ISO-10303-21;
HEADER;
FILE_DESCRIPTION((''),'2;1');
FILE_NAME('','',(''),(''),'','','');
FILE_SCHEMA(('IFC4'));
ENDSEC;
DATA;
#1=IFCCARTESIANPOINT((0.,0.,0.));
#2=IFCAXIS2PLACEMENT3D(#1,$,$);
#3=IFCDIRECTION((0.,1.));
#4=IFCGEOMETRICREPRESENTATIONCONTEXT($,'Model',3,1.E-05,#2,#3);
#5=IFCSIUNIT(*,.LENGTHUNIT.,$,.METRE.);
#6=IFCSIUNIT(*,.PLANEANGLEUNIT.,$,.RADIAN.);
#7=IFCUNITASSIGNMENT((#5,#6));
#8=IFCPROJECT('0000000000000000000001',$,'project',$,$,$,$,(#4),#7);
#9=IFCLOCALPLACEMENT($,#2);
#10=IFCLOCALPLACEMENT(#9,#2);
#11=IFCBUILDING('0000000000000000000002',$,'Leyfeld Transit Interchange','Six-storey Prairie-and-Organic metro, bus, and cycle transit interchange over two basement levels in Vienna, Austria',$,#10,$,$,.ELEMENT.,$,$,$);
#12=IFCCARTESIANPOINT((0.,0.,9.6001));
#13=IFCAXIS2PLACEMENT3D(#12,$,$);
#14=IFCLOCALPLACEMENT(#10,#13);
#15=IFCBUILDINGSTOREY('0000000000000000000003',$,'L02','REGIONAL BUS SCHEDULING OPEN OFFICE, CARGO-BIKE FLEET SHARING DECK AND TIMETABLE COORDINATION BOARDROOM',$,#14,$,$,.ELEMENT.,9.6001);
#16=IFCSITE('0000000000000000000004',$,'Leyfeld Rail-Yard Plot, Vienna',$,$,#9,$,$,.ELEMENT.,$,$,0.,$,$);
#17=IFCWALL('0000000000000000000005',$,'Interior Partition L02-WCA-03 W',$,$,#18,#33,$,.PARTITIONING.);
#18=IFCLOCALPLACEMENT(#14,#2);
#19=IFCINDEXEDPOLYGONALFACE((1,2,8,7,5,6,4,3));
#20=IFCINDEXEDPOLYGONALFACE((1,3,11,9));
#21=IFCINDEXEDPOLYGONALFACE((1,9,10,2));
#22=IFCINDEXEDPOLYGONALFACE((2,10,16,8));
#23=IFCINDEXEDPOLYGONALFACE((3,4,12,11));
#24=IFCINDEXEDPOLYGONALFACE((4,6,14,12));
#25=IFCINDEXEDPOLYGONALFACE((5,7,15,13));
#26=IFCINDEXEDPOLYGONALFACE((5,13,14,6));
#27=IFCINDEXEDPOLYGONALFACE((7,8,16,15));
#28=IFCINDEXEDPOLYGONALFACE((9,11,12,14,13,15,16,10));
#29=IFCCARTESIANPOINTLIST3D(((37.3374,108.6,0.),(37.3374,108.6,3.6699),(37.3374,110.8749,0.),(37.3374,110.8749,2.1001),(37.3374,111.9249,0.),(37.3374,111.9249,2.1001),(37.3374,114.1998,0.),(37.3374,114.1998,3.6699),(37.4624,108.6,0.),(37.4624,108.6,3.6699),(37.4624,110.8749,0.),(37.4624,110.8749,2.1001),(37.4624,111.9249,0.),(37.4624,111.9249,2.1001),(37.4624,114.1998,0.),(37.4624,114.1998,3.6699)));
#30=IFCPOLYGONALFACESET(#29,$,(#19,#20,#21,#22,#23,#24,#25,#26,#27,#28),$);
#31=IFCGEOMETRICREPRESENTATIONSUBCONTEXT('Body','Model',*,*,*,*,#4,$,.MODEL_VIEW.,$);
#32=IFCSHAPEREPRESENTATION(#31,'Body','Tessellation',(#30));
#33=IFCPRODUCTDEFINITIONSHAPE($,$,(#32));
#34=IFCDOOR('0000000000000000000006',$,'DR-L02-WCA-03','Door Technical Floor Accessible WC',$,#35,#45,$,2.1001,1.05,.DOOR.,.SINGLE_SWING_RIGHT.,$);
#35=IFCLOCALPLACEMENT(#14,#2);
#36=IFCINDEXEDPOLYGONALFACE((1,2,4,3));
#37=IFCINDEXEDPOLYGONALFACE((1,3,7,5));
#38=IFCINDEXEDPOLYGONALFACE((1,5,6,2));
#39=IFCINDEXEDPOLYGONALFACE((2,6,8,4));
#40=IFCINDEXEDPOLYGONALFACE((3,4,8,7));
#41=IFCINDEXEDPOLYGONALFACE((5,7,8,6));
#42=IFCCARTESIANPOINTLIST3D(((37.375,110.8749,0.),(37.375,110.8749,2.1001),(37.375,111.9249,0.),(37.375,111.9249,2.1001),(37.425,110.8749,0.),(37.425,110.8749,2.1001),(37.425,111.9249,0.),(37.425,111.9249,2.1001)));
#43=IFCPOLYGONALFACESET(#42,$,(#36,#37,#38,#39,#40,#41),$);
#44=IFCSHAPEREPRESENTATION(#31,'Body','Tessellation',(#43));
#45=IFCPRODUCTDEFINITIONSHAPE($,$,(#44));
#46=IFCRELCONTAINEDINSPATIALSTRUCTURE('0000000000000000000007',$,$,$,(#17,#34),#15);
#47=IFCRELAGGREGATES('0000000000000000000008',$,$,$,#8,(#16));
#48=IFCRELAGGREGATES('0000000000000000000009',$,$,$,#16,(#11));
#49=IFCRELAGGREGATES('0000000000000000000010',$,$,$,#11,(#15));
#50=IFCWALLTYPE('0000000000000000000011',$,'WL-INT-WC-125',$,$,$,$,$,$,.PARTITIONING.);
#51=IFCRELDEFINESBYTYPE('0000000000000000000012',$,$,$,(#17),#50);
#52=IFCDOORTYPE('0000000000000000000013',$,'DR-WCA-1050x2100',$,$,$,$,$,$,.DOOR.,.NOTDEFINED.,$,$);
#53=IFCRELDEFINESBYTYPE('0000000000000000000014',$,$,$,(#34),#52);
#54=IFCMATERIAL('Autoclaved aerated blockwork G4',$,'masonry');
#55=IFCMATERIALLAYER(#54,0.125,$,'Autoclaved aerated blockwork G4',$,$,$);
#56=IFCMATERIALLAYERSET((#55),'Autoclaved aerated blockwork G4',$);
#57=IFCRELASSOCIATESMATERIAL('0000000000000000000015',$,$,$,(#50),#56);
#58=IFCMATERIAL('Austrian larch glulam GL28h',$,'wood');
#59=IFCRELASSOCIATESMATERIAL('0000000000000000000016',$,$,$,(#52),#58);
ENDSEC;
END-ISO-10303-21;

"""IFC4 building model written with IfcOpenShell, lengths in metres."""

from ifc_helpers import new_model, si_unit, direction, frame, frame_2d, origin, place, context, subcontext, project, spatial, rectangle, extrude, material, layer, layer_set, type_object, element, fill, save


model = new_model("IFC4")

# Units and contexts
model_context = context("Model", 3, precision=1e-05, world=origin(), true_north=direction((0.0, 1.0)))
body_context = subcontext(model_context, "Body", "Model", "MODEL_VIEW")
ifc_project = project(units=[si_unit("LENGTHUNIT", "METRE"), si_unit("PLANEANGLEUNIT", "RADIAN")], contexts=[model_context])

# Site, building, storey
site_placement = place(None, origin())
site = spatial("IfcSite", under=ifc_project, at=site_placement, Name="Leyfeld Rail-Yard Plot, Vienna", CompositionType="ELEMENT", RefElevation=0.0)
building_placement = place(site_placement, origin())
building = spatial("IfcBuilding", under=site, at=building_placement, Name="Leyfeld Transit Interchange", Description="Six-storey Prairie-and-Organic metro, bus, and cycle transit interchange over two basement levels in Vienna, Austria", CompositionType="ELEMENT")
storey_placement = place(building_placement, frame((0.0, 0.0, 9.6001)))
storey = spatial("IfcBuildingStorey", under=building, at=storey_placement, Name="L02", Description="REGIONAL BUS SCHEDULING OPEN OFFICE, CARGO-BIKE FLEET SHARING DECK AND TIMETABLE COORDINATION BOARDROOM", CompositionType="ELEMENT", Elevation=9.6001)

# Shared definitions
ifc_material_1 = material(Name="Austrian larch glulam GL28h", Category="wood")

# Shared definitions
ifc_material_2 = material(Name="Autoclaved aerated blockwork G4", Category="masonry")
ifc_layer_1 = layer(ifc_material_2, 0.125, Name="Autoclaved aerated blockwork G4")
ifc_layer_set_1 = layer_set([ifc_layer_1], Name="Autoclaved aerated blockwork G4")
wall_type_1 = type_object("IfcWallType", Name="WL-INT-WC-125", PredefinedType="PARTITIONING", material=ifc_layer_set_1)

# Wall, opening, door
wall_1_placement = place(storey_placement, frame((37.3999, 108.6001, 0.0), z_axis=(0.0, 0.0, 1.0), x_axis=(0.0, 1.0, 0.0)))
wall_1 = element("IfcWall", 1, at=wall_1_placement, inside=storey, type_object=wall_type_1, Name="Interior Partition L02-WCA-03 W", PredefinedType="PARTITIONING", context=body_context, shape_type="SweptSolid", body=[
    extrude(rectangle(XDim=5.5999, YDim=0.125, at=frame_2d((2.7998, 0.0))), origin(), (0.0, 0.0, 1.0), 3.6699),
])
opening_1_placement = place(wall_1_placement, frame((2.2749, 0.0, 0.0)))
opening_1 = element("IfcOpeningElement", 2, at=opening_1_placement, cuts=wall_1, PredefinedType="OPENING", context=body_context, shape_type="SweptSolid", body=[
    extrude(rectangle(XDim=1.05, YDim=2.1001, at=frame_2d((0.5249, 1.05))), frame((0.0, 0.0725, 0.0), z_axis=(0.0, -1.0, 0.0), x_axis=(1.0, 0.0, 0.0)), (0.0, 0.0, 1.0), 0.145),
])
door_type_1 = type_object("IfcDoorType", Name="DR-WCA-1050x2100", OperationType="NOTDEFINED", PredefinedType="DOOR", material=ifc_material_1)
door_1_placement = place(opening_1_placement, origin())
door_1 = element("IfcDoor", 3, at=door_1_placement, inside=storey, type_object=door_type_1, Name="DR-L02-WCA-03", Description="Door Technical Floor Accessible WC", OperationType="SINGLE_SWING_RIGHT", OverallHeight=2.1001, OverallWidth=1.05, PredefinedType="DOOR", context=body_context, shape_type="SweptSolid", body=[
    extrude(rectangle(XDim=1.05, YDim=2.1001, at=frame_2d((0.5249, 1.05))), frame((0.0, 0.0249, 0.0), z_axis=(0.0, -1.0, 0.0), x_axis=(1.0, 0.0, 0.0)), (0.0, 0.0, 1.0), 0.05),
])
fill(opening_1, door_1)

save(model, "model.ifc")
